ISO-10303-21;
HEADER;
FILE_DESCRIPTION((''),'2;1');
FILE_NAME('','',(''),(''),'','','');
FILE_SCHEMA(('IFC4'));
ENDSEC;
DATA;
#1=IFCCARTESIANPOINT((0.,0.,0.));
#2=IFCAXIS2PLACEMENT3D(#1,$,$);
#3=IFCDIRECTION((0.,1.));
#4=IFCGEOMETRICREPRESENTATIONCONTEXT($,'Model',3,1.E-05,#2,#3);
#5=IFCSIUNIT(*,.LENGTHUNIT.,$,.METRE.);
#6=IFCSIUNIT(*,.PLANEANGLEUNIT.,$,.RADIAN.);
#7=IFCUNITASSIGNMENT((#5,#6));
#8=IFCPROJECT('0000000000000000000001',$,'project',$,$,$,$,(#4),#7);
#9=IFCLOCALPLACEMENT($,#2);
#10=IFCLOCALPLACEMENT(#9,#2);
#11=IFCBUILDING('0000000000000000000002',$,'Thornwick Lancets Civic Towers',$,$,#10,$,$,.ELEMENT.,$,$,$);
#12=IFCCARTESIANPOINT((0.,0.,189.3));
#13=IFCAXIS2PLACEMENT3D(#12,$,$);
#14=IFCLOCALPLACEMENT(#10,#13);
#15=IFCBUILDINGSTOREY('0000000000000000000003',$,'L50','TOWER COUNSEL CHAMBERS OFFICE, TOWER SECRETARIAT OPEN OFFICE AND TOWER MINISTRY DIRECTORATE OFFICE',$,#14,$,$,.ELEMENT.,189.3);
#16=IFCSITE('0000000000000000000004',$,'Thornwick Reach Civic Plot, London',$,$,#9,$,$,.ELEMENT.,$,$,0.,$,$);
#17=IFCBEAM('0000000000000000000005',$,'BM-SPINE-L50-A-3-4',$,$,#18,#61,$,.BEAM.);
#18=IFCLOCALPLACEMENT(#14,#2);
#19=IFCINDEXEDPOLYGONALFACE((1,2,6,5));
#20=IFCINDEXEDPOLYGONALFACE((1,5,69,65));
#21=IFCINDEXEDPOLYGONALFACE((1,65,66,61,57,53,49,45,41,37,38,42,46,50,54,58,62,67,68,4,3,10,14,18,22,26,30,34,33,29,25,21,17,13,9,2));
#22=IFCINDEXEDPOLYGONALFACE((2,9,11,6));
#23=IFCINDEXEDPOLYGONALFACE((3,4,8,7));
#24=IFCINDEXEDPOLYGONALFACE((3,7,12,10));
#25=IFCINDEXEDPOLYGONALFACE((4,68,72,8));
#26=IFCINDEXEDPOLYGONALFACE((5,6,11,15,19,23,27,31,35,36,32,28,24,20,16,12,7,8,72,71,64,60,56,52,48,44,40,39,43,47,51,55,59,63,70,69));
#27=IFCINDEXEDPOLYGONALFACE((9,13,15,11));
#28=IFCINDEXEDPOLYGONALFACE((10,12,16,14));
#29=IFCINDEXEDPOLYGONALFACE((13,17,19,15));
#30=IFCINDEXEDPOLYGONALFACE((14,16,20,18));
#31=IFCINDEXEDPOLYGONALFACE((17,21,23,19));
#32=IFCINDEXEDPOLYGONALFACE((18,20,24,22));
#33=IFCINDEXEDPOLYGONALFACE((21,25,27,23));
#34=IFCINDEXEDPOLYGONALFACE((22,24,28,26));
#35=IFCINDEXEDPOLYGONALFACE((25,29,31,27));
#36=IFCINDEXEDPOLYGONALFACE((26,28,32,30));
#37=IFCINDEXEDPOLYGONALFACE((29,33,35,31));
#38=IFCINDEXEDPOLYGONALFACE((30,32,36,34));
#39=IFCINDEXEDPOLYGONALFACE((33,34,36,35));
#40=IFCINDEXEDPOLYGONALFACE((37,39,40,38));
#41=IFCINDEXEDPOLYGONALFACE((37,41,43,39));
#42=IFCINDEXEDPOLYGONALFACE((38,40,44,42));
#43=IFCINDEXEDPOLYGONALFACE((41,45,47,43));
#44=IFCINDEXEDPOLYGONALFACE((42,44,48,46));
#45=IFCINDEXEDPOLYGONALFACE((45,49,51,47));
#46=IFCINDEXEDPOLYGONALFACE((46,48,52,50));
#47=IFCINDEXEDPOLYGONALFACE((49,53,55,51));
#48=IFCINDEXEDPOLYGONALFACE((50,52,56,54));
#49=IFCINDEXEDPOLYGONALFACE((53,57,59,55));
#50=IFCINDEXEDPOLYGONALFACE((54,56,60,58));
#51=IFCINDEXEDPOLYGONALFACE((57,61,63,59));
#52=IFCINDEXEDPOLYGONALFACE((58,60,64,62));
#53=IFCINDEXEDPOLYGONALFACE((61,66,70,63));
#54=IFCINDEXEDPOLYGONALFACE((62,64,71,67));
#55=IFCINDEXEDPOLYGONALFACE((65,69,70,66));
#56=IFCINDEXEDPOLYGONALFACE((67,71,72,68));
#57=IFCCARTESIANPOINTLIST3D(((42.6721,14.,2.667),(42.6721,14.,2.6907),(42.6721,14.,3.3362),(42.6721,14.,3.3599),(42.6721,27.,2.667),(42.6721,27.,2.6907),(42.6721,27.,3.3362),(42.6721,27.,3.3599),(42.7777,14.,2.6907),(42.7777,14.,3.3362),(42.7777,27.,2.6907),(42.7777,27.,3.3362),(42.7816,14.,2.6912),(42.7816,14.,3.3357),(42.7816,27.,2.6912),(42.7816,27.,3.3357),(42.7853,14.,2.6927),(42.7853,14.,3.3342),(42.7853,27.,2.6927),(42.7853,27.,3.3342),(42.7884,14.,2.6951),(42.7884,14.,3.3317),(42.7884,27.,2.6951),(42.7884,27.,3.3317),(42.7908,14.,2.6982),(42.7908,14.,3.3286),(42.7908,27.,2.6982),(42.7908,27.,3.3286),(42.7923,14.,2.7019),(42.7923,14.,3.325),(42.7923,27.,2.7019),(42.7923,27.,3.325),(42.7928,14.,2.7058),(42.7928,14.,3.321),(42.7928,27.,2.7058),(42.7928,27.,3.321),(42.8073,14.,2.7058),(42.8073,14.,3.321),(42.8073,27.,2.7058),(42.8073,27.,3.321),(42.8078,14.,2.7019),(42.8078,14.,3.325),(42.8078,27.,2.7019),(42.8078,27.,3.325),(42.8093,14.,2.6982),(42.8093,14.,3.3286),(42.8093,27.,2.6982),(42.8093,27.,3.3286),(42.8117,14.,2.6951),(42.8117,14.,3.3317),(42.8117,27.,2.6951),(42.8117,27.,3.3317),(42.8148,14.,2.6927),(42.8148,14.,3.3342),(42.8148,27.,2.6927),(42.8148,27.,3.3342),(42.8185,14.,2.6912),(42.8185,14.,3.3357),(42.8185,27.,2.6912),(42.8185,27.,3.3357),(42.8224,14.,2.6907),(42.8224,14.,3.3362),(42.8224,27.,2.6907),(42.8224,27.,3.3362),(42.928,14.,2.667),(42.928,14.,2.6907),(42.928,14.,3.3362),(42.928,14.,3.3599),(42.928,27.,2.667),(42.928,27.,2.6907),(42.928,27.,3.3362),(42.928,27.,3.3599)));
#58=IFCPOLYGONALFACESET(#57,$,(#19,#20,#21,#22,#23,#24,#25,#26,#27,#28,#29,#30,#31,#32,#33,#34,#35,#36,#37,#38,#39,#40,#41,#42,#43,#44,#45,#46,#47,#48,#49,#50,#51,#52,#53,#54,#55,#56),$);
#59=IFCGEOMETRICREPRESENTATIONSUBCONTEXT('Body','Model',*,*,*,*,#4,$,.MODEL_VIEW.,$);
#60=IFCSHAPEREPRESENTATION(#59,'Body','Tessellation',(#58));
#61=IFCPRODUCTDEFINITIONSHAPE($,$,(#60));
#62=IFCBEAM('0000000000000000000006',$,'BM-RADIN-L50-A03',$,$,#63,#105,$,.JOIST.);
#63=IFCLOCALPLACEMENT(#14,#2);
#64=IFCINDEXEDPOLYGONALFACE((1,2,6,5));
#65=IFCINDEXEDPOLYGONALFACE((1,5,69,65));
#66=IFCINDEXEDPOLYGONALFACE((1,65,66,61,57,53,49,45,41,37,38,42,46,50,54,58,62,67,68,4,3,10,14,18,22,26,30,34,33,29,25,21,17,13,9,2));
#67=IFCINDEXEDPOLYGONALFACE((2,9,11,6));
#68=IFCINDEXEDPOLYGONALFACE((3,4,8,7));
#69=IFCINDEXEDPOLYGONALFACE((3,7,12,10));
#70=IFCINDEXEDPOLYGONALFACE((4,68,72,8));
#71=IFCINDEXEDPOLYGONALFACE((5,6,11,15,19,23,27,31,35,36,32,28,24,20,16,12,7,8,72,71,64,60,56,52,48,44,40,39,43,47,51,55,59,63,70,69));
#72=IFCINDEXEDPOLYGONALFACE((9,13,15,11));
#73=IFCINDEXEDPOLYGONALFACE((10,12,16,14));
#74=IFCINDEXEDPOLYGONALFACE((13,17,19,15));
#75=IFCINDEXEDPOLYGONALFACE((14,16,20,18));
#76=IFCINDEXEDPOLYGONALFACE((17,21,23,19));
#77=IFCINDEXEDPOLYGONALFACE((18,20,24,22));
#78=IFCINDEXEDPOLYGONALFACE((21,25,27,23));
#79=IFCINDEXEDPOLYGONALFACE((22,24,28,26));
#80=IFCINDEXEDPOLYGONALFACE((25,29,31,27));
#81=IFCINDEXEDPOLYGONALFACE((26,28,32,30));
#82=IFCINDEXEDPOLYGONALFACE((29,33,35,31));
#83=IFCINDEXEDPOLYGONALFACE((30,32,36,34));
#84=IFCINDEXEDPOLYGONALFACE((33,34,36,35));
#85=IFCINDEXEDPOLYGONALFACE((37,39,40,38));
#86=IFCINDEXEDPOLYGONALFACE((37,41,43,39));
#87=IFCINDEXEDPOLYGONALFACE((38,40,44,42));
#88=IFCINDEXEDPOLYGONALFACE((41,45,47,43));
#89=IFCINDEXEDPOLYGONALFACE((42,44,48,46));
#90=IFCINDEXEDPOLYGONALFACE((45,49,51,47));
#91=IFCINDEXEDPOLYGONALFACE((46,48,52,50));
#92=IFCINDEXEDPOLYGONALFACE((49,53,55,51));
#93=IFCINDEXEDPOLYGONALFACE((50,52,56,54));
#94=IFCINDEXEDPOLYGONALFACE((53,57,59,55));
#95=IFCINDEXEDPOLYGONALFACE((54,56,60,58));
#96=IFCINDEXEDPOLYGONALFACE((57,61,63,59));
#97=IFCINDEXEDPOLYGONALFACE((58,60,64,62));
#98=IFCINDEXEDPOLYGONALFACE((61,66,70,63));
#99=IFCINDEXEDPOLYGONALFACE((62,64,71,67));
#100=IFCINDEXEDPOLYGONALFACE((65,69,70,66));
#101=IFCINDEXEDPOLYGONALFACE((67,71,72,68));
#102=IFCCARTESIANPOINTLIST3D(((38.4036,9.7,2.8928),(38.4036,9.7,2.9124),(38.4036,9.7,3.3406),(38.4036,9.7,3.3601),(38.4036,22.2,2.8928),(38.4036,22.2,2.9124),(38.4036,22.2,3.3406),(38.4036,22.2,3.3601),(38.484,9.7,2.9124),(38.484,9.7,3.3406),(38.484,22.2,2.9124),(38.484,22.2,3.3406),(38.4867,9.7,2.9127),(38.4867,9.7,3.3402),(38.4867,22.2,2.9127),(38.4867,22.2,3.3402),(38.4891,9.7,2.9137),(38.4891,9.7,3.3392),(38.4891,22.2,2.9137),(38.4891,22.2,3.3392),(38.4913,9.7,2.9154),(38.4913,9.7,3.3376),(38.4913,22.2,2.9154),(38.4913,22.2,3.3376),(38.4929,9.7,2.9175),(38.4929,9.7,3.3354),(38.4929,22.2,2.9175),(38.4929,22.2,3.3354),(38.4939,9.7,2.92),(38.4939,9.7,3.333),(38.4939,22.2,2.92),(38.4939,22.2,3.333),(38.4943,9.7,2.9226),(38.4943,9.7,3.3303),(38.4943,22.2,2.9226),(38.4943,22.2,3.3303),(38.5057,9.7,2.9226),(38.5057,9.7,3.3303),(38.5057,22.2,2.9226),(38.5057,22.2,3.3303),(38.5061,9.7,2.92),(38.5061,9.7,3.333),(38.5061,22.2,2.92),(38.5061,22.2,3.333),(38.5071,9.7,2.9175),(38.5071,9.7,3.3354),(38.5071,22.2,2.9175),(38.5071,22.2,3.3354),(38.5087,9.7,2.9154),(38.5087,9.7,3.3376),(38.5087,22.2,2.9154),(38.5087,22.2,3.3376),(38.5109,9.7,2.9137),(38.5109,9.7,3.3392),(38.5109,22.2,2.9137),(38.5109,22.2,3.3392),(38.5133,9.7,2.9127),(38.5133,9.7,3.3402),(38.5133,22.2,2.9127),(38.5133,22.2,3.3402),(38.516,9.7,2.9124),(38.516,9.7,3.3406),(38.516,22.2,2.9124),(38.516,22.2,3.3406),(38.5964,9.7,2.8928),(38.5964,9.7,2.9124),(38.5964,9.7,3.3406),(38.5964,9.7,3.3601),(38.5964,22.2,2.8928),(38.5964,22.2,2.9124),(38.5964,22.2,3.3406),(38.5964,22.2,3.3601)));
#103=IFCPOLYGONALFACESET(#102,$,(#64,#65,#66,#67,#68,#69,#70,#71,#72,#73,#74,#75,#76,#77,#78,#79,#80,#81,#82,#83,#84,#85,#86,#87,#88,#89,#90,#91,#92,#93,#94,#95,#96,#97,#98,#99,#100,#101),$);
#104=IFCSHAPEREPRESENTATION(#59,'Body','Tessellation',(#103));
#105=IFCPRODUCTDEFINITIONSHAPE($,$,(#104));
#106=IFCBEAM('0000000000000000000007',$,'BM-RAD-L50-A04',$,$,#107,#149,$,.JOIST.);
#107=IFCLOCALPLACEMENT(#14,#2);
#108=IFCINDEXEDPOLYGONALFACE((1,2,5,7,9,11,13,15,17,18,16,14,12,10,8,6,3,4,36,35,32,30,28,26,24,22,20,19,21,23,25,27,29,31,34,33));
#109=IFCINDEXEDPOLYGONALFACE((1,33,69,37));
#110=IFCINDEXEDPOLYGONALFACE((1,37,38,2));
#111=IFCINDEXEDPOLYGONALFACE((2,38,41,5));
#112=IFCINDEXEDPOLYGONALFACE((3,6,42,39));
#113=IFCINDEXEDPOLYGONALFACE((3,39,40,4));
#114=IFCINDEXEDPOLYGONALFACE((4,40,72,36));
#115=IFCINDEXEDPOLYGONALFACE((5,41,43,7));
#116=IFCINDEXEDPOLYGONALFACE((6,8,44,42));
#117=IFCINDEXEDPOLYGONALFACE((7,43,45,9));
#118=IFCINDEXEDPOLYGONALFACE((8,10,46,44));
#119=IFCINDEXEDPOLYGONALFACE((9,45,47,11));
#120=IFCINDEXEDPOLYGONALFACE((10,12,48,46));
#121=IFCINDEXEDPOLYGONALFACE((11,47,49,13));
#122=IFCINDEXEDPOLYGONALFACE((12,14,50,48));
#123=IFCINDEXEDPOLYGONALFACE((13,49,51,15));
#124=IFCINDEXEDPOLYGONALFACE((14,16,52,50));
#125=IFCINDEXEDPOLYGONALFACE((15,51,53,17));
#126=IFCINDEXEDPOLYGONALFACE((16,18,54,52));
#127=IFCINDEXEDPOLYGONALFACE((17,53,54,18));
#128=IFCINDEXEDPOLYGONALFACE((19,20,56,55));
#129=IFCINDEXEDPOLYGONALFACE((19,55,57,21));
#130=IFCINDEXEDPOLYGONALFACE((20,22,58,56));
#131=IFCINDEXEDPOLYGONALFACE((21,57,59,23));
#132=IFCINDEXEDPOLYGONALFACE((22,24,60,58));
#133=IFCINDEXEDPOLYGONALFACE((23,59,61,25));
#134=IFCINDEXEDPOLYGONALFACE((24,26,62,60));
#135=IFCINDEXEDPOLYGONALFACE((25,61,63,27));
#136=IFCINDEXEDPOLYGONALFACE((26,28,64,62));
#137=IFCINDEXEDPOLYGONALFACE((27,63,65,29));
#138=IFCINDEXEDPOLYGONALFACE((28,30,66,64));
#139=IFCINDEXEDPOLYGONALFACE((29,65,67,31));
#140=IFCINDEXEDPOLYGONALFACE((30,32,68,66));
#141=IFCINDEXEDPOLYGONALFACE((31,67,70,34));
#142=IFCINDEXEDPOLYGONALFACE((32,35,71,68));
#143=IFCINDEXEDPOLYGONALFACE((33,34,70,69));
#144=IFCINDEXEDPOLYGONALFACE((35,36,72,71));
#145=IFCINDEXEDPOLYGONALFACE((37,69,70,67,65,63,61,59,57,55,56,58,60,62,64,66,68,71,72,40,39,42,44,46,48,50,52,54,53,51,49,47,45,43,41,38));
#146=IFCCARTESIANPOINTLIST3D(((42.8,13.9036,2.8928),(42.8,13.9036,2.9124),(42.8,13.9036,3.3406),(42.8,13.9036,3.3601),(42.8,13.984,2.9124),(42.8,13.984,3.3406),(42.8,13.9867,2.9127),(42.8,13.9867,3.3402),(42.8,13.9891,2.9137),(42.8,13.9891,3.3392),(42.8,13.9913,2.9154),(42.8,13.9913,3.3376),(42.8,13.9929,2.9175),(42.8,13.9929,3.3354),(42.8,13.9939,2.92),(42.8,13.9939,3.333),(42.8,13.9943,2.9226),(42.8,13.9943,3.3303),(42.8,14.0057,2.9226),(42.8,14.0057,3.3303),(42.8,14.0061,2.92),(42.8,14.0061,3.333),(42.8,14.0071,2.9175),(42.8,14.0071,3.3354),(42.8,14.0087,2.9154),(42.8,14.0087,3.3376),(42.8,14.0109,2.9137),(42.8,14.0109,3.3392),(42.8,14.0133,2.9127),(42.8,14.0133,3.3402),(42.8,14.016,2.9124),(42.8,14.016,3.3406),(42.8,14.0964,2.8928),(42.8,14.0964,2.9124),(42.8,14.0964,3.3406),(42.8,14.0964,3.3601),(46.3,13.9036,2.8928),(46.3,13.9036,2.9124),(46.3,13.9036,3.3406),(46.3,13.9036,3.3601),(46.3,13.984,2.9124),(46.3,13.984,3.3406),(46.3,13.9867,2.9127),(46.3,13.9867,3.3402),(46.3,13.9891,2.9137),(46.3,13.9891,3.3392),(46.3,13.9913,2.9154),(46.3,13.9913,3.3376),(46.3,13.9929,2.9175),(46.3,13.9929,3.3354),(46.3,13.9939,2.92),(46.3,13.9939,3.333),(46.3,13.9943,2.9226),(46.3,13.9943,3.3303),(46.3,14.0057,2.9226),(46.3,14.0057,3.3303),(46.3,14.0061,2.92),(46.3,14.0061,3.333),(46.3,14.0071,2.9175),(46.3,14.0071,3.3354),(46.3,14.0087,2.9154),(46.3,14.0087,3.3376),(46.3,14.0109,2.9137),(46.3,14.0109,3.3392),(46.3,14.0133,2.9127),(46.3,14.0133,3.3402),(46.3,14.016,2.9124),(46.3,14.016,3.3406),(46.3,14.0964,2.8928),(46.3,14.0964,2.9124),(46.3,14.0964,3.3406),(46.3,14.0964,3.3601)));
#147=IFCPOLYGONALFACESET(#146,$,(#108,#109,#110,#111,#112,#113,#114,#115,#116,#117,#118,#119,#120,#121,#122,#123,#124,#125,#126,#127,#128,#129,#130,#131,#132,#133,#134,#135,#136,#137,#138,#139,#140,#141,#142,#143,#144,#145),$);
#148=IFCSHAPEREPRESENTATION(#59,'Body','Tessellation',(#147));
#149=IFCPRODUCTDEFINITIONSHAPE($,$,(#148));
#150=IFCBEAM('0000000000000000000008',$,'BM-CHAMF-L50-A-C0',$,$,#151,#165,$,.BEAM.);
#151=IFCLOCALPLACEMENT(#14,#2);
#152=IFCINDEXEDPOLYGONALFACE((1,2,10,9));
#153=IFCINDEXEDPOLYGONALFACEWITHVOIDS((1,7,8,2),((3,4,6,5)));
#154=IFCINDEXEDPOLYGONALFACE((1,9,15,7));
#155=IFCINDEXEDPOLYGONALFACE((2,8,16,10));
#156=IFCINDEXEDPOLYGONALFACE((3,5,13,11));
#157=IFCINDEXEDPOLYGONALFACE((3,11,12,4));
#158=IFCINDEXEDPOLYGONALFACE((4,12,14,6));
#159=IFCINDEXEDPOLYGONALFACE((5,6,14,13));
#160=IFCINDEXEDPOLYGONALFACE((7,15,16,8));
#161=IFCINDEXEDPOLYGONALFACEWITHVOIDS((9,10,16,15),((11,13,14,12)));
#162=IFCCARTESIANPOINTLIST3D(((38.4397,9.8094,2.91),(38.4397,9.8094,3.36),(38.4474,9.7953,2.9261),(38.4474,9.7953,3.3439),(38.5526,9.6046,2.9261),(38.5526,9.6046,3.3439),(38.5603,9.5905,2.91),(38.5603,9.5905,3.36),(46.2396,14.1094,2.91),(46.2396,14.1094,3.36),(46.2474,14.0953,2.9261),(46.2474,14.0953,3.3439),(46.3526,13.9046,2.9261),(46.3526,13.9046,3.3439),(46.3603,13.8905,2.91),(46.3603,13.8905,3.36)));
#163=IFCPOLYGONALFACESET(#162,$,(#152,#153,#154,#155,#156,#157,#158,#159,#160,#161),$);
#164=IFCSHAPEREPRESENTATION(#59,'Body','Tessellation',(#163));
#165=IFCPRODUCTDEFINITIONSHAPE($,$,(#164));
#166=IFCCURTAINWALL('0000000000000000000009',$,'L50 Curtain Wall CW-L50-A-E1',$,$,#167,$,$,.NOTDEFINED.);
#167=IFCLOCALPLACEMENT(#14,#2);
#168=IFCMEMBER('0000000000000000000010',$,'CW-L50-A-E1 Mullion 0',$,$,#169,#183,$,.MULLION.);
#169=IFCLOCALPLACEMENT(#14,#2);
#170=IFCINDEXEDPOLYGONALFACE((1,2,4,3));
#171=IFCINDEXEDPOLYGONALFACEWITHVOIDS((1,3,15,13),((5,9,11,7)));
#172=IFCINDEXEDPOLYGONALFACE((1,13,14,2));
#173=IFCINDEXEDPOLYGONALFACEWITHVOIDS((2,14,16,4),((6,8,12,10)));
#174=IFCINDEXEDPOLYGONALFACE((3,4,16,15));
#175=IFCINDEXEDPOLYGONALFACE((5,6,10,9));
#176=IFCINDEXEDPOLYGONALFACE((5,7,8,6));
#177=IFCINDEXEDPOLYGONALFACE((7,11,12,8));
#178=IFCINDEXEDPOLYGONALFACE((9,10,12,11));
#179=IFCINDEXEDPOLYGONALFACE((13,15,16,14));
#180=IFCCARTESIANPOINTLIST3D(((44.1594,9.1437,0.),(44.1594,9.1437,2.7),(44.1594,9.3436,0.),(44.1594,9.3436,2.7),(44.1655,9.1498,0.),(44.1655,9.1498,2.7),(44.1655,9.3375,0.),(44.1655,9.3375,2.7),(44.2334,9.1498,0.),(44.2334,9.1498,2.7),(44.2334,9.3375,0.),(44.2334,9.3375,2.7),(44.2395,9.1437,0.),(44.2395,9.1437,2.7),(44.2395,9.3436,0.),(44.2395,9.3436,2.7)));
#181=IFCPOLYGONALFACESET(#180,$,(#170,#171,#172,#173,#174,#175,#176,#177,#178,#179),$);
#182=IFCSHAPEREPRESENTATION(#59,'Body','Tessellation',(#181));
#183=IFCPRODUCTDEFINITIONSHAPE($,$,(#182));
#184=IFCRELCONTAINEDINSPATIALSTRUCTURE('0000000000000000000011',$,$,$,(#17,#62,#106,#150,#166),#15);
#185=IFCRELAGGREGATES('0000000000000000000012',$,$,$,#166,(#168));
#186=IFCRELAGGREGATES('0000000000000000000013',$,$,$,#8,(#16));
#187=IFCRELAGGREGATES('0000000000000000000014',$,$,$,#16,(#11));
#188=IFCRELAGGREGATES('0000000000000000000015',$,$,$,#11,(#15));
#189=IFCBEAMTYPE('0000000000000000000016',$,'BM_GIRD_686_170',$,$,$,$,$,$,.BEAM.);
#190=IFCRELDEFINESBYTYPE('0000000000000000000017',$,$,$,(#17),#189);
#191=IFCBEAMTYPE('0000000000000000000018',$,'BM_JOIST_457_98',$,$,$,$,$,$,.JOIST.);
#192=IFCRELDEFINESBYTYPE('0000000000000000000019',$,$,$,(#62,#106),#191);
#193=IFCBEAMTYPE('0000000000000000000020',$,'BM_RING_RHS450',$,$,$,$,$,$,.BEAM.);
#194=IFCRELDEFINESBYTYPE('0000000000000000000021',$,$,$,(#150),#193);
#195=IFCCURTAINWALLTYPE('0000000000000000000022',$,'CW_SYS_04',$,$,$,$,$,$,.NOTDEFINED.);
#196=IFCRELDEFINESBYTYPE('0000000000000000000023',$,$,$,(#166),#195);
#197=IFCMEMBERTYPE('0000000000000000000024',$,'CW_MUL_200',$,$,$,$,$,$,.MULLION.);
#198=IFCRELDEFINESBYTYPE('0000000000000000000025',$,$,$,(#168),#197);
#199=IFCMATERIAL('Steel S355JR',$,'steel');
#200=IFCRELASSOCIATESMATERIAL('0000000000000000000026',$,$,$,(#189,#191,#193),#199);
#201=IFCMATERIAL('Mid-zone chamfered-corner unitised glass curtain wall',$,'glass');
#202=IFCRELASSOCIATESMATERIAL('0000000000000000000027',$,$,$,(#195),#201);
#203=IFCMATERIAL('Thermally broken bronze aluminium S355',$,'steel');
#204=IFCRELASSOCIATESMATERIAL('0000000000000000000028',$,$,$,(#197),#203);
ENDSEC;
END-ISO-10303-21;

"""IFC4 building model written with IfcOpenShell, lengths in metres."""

from ifc_helpers import new_model, si_unit, direction, frame, origin, origin_2d, place, context, subcontext, project, spatial, hollow_rectangle, i_section, extrude, material, material_profile, profile_set, type_object, element, aggregate, save


model = new_model("IFC4")

# Units and contexts
model_context = context("Model", 3, precision=1e-05, world=origin(), true_north=direction((0.0, 1.0)))
body_context = subcontext(model_context, "Body", "Model", "MODEL_VIEW")
ifc_project = project(units=[si_unit("LENGTHUNIT", "METRE"), si_unit("PLANEANGLEUNIT", "RADIAN")], contexts=[model_context])

# Site, building, storey
site_placement = place(None, origin())
site = spatial("IfcSite", under=ifc_project, at=site_placement, Name="Thornwick Reach Civic Plot, London", CompositionType="ELEMENT", RefElevation=0.0)
building_placement = place(site_placement, origin())
building = spatial("IfcBuilding", under=site, at=building_placement, Name="Thornwick Lancets Civic Towers", CompositionType="ELEMENT")
storey_placement = place(building_placement, frame((0.0, 0.0, 189.3)))
storey = spatial("IfcBuildingStorey", under=building, at=storey_placement, Name="L50", Description="TOWER COUNSEL CHAMBERS OFFICE, TOWER SECRETARIAT OPEN OFFICE AND TOWER MINISTRY DIRECTORATE OFFICE", CompositionType="ELEMENT", Elevation=189.3)

# Beams
ifc_material_1 = material(Name="Steel S355JR", Category="steel")
ifc_material_profile_1 = material_profile(ifc_material_1, i_section(OverallWidth=0.2559, OverallDepth=0.6929, WebThickness=0.0144, FlangeThickness=0.0237, FilletRadius=0.0151, at=origin_2d()), Name="UKB 686x254x170")
ifc_profile_set_1 = profile_set([ifc_material_profile_1], Name="Steel S355JR")
beam_type_1 = type_object("IfcBeamType", Name="BM_GIRD_686_170", PredefinedType="BEAM", material=ifc_profile_set_1)
beam_1_placement = place(storey_placement, frame((42.8, 14.0, 3.0134), z_axis=(0.0, 1.0, 0.0), x_axis=(-1.0, 0.0, 0.0)))
element("IfcBeam", 1, at=beam_1_placement, inside=storey, type_object=beam_type_1, Name="BM-SPINE-L50-A-3-4", PredefinedType="BEAM", context=body_context, shape_type="SweptSolid", body=[
    extrude(i_section(OverallWidth=0.2559, OverallDepth=0.6929, WebThickness=0.0144, FlangeThickness=0.0237, FilletRadius=0.0151, at=origin_2d()), origin(), (0.0, 0.0, 1.0), 13.0),
])
ifc_material_profile_2 = material_profile(ifc_material_1, i_section(OverallWidth=0.1929, OverallDepth=0.4673, WebThickness=0.0115, FlangeThickness=0.0195, FilletRadius=0.0103, at=origin_2d()), Name="UKB 457x191x98")
ifc_profile_set_2 = profile_set([ifc_material_profile_2], Name="Steel S355JR")
beam_type_2 = type_object("IfcBeamType", Name="BM_JOIST_457_98", PredefinedType="JOIST", material=ifc_profile_set_2)
beam_2_placement = place(storey_placement, frame((38.5, 22.2, 3.1265), z_axis=(0.0, -1.0, 0.0), x_axis=(1.0, 0.0, 0.0)))
element("IfcBeam", 2, at=beam_2_placement, inside=storey, type_object=beam_type_2, Name="BM-RADIN-L50-A03", PredefinedType="JOIST", context=body_context, shape_type="SweptSolid", body=[
    extrude(i_section(OverallWidth=0.1929, OverallDepth=0.4673, WebThickness=0.0115, FlangeThickness=0.0195, FilletRadius=0.0103, at=origin_2d()), origin(), (0.0, 0.0, 1.0), 12.5),
])
beam_3_placement = place(storey_placement, frame((42.8, 14.0, 3.1265), z_axis=(1.0, 0.0, 0.0), x_axis=(0.0, 1.0, 0.0)))
element("IfcBeam", 3, at=beam_3_placement, inside=storey, type_object=beam_type_2, Name="BM-RAD-L50-A04", PredefinedType="JOIST", context=body_context, shape_type="SweptSolid", body=[
    extrude(i_section(OverallWidth=0.1929, OverallDepth=0.4673, WebThickness=0.0115, FlangeThickness=0.0195, FilletRadius=0.0103, at=origin_2d()), origin(), (0.0, 0.0, 1.0), 3.5),
])
ifc_material_profile_3 = material_profile(ifc_material_1, hollow_rectangle(XDim=0.25, YDim=0.45, WallThickness=0.0161, at=origin_2d()), Name="RHS 450x250x16")
ifc_profile_set_3 = profile_set([ifc_material_profile_3], Name="Steel S355JR")
beam_type_3 = type_object("IfcBeamType", Name="BM_RING_RHS450", PredefinedType="BEAM", material=ifc_profile_set_3)
beam_4_placement = place(storey_placement, frame((38.5, 9.7, 3.135), z_axis=(0.87574, 0.482782, 0.0), x_axis=(-0.482782, 0.87574, 0.0)))
element("IfcBeam", 4, at=beam_4_placement, inside=storey, type_object=beam_type_3, Name="BM-CHAMF-L50-A-C0", PredefinedType="BEAM", context=body_context, shape_type="SweptSolid", body=[
    extrude(hollow_rectangle(XDim=0.25, YDim=0.45, WallThickness=0.0161, at=origin_2d()), origin(), (0.0, 0.0, 1.0), 8.9067),
])

# Curtain wall, member
ifc_material_2 = material(Name="Mid-zone chamfered-corner unitised glass curtain wall", Category="glass")
curtain_wall_type = type_object("IfcCurtainWallType", Name="CW_SYS_04", PredefinedType="NOTDEFINED", material=ifc_material_2)
curtain_wall_placement = place(storey_placement, origin())
curtain_wall = element("IfcCurtainWall", 5, at=curtain_wall_placement, inside=storey, type_object=curtain_wall_type, Name="L50 Curtain Wall CW-L50-A-E1", PredefinedType="NOTDEFINED")
ifc_material_3 = material(Name="Thermally broken bronze aluminium S355", Category="steel")
ifc_material_profile_4 = material_profile(ifc_material_3, hollow_rectangle(XDim=0.0801, YDim=0.2, WallThickness=0.0061, at=origin_2d()), Name="RHS 200x80x6")
ifc_profile_set_4 = profile_set([ifc_material_profile_4], Name="Thermally broken bronze aluminium S355")
member_type_1 = type_object("IfcMemberType", Name="CW_MUL_200", PredefinedType="MULLION", material=ifc_profile_set_4)
member_1_placement = place(storey_placement, frame((44.1995, 9.2437, 0.0), z_axis=(0.0, 0.0, 1.0), x_axis=(1.0, 0.0, 0.0)))
member_1 = element("IfcMember", 6, at=member_1_placement, type_object=member_type_1, Name="CW-L50-A-E1 Mullion 0", PredefinedType="MULLION", context=body_context, shape_type="SweptSolid", body=[
    extrude(hollow_rectangle(XDim=0.0801, YDim=0.2, WallThickness=0.0061, at=origin_2d()), origin(), (0.0, 0.0, 1.0), 2.7),
])
aggregate(curtain_wall, [member_1])

save(model, "model.ifc")
